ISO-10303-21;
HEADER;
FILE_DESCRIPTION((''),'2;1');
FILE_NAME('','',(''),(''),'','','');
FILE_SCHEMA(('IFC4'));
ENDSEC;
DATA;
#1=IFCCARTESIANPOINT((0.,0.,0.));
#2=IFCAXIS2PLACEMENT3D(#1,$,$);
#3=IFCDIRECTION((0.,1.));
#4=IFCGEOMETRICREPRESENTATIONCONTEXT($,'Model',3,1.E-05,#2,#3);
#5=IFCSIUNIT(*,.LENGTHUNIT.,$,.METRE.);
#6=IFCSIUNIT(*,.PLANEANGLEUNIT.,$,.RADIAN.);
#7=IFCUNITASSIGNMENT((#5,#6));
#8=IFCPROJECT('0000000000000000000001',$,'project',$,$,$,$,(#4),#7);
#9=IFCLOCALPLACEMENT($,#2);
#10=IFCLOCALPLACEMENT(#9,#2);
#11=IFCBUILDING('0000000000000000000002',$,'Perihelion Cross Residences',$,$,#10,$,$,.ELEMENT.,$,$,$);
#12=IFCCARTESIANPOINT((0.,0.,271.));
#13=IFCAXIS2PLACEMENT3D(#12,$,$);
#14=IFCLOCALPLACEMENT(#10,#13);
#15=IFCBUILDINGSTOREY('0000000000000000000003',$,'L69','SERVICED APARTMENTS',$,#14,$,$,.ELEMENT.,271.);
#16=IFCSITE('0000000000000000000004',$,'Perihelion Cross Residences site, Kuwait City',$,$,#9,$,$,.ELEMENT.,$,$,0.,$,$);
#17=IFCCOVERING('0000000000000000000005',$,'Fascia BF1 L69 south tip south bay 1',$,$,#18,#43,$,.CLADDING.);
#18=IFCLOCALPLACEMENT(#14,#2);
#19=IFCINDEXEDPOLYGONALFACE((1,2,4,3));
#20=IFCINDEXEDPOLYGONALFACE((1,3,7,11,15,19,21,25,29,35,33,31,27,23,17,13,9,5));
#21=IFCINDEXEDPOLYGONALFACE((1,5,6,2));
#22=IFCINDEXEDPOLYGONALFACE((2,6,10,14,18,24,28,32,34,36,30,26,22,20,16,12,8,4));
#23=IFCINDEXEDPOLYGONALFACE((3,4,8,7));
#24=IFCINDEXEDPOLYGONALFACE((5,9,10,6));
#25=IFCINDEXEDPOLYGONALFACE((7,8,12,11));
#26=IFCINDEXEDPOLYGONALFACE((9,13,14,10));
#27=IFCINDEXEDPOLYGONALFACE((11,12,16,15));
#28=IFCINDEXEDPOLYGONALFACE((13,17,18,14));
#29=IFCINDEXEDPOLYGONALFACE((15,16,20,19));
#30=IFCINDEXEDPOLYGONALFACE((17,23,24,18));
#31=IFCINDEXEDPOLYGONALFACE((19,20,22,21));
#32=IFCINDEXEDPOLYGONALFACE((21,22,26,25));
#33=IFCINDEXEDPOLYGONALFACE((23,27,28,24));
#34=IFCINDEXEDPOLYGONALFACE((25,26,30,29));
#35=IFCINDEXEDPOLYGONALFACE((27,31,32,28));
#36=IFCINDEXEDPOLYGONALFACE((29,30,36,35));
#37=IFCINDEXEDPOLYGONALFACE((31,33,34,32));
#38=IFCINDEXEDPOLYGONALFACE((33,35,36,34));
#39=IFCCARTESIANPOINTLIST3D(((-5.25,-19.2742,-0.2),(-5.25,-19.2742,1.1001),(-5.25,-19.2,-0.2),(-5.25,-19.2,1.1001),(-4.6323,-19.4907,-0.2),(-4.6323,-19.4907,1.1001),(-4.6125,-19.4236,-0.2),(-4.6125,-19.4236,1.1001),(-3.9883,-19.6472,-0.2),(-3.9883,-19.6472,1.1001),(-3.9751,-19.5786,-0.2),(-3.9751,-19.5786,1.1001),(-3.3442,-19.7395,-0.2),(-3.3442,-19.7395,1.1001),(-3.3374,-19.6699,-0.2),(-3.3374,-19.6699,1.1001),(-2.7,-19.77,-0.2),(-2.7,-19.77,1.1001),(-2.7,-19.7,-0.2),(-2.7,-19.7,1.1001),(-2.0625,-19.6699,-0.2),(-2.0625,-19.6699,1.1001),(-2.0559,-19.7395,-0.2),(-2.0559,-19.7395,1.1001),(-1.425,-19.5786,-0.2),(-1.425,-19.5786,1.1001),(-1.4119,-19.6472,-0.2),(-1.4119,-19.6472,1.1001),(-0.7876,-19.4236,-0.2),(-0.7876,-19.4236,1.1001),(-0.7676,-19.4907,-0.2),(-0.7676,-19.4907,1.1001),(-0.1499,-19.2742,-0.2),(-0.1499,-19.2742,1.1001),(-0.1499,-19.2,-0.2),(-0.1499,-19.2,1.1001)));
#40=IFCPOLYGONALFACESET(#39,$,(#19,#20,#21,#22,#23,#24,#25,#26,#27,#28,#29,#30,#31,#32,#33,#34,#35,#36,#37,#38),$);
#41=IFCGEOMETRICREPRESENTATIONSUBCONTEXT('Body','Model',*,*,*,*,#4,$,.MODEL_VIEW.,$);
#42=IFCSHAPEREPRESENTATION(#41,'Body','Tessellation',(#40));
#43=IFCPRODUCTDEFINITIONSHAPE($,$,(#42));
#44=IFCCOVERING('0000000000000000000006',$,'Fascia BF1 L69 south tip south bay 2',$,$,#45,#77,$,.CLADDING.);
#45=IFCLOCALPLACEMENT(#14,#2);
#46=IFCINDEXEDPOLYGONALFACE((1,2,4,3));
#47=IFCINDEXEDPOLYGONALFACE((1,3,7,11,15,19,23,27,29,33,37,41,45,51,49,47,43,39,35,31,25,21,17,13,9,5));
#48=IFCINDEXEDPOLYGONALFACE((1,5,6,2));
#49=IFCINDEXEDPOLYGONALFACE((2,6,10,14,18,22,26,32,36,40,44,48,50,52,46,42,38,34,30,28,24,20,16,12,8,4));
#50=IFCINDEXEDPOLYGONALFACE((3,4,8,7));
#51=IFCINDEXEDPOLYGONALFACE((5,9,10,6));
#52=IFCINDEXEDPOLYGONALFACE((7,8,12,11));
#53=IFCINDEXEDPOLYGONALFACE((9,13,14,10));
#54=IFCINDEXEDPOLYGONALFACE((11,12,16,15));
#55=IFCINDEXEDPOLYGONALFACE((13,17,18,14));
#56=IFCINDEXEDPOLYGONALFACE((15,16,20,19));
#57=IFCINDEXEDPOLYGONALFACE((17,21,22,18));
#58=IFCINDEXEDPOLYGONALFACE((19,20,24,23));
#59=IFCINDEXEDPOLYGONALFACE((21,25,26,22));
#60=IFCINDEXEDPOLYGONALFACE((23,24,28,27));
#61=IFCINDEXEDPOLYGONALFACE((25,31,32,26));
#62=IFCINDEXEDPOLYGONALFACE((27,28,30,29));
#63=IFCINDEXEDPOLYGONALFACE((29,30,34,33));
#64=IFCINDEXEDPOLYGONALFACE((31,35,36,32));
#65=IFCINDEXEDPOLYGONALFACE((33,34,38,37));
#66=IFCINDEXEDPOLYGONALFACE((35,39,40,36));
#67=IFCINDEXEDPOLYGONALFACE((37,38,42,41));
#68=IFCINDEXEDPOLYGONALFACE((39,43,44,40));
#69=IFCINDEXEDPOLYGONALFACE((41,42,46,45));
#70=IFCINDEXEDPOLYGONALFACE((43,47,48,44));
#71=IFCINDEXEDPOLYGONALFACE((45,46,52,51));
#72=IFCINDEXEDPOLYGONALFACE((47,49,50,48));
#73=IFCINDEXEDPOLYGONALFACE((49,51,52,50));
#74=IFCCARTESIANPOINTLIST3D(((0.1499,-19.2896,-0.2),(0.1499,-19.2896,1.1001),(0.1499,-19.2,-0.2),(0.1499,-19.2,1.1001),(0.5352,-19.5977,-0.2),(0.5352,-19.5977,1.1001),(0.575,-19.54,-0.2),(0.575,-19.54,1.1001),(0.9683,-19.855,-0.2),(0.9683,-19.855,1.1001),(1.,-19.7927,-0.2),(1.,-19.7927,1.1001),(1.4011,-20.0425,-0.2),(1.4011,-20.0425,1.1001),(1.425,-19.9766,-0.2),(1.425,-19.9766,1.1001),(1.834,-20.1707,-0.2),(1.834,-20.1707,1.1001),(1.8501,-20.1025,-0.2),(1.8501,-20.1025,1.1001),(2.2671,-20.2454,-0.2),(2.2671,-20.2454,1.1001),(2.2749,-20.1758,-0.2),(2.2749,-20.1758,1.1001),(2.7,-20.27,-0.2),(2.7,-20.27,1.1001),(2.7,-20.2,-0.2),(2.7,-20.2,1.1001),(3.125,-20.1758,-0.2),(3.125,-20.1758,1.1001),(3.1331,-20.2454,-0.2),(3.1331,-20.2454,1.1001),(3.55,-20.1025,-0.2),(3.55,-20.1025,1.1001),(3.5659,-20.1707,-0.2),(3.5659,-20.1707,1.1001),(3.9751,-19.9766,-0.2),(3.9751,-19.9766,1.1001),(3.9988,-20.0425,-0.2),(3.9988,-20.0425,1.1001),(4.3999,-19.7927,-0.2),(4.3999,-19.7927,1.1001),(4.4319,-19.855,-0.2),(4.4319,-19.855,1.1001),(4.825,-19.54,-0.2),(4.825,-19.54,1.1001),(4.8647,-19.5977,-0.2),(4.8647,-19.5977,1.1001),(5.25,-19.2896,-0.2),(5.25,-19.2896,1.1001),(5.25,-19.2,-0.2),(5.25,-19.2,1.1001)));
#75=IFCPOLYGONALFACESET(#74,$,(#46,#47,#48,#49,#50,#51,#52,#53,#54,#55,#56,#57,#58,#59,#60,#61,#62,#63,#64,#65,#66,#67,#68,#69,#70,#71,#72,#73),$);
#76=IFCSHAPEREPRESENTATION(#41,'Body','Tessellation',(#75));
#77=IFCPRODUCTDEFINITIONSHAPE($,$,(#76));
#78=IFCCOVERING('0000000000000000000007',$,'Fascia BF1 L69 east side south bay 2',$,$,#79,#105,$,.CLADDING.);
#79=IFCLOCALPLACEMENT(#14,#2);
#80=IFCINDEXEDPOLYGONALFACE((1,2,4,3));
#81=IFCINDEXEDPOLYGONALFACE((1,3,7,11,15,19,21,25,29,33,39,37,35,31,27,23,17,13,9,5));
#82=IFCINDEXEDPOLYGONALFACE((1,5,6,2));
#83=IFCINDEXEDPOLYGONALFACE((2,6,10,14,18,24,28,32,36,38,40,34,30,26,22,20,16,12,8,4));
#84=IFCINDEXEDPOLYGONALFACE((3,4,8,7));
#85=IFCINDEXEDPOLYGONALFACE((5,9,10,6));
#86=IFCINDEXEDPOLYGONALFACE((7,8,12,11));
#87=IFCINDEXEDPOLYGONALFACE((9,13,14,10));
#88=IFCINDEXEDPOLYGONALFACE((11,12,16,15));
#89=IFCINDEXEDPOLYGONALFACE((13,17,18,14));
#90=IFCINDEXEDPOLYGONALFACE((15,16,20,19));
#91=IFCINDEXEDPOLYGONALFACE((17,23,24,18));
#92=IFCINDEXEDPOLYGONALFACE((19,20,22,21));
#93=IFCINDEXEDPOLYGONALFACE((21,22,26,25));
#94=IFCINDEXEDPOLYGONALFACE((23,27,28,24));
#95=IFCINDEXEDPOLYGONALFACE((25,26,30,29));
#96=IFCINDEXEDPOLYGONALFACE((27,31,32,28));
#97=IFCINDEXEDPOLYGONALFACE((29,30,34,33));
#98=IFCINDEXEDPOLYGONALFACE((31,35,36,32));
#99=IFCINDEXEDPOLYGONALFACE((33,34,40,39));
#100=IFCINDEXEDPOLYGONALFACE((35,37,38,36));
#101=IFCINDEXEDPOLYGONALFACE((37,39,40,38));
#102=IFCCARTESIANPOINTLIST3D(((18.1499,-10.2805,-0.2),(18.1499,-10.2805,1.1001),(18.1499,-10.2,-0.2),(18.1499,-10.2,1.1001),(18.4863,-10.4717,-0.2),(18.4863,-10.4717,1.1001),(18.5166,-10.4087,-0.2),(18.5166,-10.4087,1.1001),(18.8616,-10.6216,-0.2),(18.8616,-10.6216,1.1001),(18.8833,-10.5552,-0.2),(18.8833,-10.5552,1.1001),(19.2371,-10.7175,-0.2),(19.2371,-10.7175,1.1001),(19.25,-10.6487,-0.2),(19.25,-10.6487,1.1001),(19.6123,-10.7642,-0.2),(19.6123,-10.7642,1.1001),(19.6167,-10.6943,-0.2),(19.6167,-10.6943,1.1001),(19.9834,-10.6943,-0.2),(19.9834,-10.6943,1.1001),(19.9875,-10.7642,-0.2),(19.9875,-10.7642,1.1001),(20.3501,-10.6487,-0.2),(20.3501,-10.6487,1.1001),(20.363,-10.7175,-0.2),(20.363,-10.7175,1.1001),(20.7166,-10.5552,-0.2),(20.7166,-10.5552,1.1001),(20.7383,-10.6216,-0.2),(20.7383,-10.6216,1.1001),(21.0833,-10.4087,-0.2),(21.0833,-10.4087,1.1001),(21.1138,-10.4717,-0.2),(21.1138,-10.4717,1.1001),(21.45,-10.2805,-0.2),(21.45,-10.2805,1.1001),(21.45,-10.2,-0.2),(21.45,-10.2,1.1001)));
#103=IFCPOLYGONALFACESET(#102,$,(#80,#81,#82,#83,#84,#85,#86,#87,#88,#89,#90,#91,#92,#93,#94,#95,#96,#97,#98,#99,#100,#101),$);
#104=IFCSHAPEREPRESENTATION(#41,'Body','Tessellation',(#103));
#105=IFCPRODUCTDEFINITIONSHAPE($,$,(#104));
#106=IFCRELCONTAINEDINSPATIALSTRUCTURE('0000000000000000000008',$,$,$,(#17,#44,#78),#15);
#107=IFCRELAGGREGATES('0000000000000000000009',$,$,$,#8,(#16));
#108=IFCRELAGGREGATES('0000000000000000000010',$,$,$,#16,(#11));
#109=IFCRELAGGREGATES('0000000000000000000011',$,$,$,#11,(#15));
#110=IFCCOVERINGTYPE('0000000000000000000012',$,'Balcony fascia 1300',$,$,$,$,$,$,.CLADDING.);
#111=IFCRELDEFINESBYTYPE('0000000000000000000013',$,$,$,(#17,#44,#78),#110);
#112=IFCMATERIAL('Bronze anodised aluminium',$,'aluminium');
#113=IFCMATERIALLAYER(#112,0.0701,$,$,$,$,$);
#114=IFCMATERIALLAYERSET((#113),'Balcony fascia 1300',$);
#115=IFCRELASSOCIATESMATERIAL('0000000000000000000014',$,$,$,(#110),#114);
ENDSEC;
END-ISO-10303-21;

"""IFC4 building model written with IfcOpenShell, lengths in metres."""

from ifc_helpers import new_model, si_unit, direction, frame, origin, place, context, subcontext, project, spatial, polyline, outline, extrude, material, layer, layer_set, type_object, element, save


model = new_model("IFC4")

# Units and contexts
model_context = context("Model", 3, precision=1e-05, world=origin(), true_north=direction((0.0, 1.0)))
body_context = subcontext(model_context, "Body", "Model", "MODEL_VIEW")
ifc_project = project(units=[si_unit("LENGTHUNIT", "METRE"), si_unit("PLANEANGLEUNIT", "RADIAN")], contexts=[model_context])

# Site, building, storey
site_placement = place(None, origin())
site = spatial("IfcSite", under=ifc_project, at=site_placement, Name="Perihelion Cross Residences site, Kuwait City", CompositionType="ELEMENT", RefElevation=0.0)
building_placement = place(site_placement, origin())
building = spatial("IfcBuilding", under=site, at=building_placement, Name="Perihelion Cross Residences", CompositionType="ELEMENT")
storey_placement = place(building_placement, frame((0.0, 0.0, 271.0)))
storey = spatial("IfcBuildingStorey", under=building, at=storey_placement, Name="L69", Description="SERVICED APARTMENTS", CompositionType="ELEMENT", Elevation=271.0)

# Coverings
ifc_material_1 = material(Name="Bronze anodised aluminium", Category="aluminium")
ifc_layer_1 = layer(ifc_material_1, 0.0701)
ifc_layer_set_1 = layer_set([ifc_layer_1], Name="Balcony fascia 1300")
covering_type = type_object("IfcCoveringType", Name="Balcony fascia 1300", PredefinedType="CLADDING", material=ifc_layer_set_1)
covering_1_placement = place(storey_placement, frame((0.0, 0.0, -0.2)))
element("IfcCovering", 1, at=covering_1_placement, inside=storey, type_object=covering_type, Name="Fascia BF1 L69 south tip south bay 1", PredefinedType="CLADDING", context=body_context, shape_type="SweptSolid", body=[
    extrude(outline(polyline([(-4.6323, -19.4907), (-3.9883, -19.6472), (-3.3442, -19.7395), (-2.7, -19.77), (-2.0559, -19.7395), (-1.4119, -19.6472), (-0.7676, -19.4907), (-0.1499, -19.2742), (-0.1499, -19.2), (-0.7876, -19.4236), (-1.425, -19.5786), (-2.0625, -19.6699), (-2.7, -19.7), (-3.3374, -19.6699), (-3.9751, -19.5786), (-4.6125, -19.4236), (-5.25, -19.2), (-5.25, -19.2742), (-4.6323, -19.4907)])), origin(), (0.0, 0.0, 1.0), 1.3),
])
covering_2_placement = place(storey_placement, frame((0.0, 0.0, -0.2)))
element("IfcCovering", 2, at=covering_2_placement, inside=storey, type_object=covering_type, Name="Fascia BF1 L69 south tip south bay 2", PredefinedType="CLADDING", context=body_context, shape_type="SweptSolid", body=[
    extrude(outline(polyline([(0.5352, -19.5977), (0.9683, -19.855), (1.4011, -20.0425), (1.834, -20.1707), (2.2671, -20.2454), (2.7, -20.27), (3.1331, -20.2454), (3.5659, -20.1707), (3.9988, -20.0425), (4.4319, -19.855), (4.8647, -19.5977), (5.25, -19.2896), (5.25, -19.2), (4.825, -19.54), (4.3999, -19.7927), (3.9751, -19.9766), (3.55, -20.1025), (3.125, -20.1758), (2.7, -20.2), (2.2749, -20.1758), (1.8501, -20.1025), (1.425, -19.9766), (1.0, -19.7927), (0.575, -19.54), (0.1499, -19.2), (0.1499, -19.2896), (0.5352, -19.5977)])), origin(), (0.0, 0.0, 1.0), 1.3),
])
covering_3_placement = place(storey_placement, frame((0.0, 0.0, -0.2)))
element("IfcCovering", 3, at=covering_3_placement, inside=storey, type_object=covering_type, Name="Fascia BF1 L69 east side south bay 2", PredefinedType="CLADDING", context=body_context, shape_type="SweptSolid", body=[
    extrude(outline(polyline([(18.4863, -10.4717), (18.8616, -10.6216), (19.2371, -10.7175), (19.6123, -10.7642), (19.9875, -10.7642), (20.363, -10.7175), (20.7383, -10.6216), (21.1138, -10.4717), (21.45, -10.2805), (21.45, -10.2), (21.0833, -10.4087), (20.7166, -10.5552), (20.3501, -10.6487), (19.9834, -10.6943), (19.6167, -10.6943), (19.25, -10.6487), (18.8833, -10.5552), (18.5166, -10.4087), (18.1499, -10.2), (18.1499, -10.2805), (18.4863, -10.4717)])), origin(), (0.0, 0.0, 1.0), 1.3),
])

save(model, "model.ifc")
